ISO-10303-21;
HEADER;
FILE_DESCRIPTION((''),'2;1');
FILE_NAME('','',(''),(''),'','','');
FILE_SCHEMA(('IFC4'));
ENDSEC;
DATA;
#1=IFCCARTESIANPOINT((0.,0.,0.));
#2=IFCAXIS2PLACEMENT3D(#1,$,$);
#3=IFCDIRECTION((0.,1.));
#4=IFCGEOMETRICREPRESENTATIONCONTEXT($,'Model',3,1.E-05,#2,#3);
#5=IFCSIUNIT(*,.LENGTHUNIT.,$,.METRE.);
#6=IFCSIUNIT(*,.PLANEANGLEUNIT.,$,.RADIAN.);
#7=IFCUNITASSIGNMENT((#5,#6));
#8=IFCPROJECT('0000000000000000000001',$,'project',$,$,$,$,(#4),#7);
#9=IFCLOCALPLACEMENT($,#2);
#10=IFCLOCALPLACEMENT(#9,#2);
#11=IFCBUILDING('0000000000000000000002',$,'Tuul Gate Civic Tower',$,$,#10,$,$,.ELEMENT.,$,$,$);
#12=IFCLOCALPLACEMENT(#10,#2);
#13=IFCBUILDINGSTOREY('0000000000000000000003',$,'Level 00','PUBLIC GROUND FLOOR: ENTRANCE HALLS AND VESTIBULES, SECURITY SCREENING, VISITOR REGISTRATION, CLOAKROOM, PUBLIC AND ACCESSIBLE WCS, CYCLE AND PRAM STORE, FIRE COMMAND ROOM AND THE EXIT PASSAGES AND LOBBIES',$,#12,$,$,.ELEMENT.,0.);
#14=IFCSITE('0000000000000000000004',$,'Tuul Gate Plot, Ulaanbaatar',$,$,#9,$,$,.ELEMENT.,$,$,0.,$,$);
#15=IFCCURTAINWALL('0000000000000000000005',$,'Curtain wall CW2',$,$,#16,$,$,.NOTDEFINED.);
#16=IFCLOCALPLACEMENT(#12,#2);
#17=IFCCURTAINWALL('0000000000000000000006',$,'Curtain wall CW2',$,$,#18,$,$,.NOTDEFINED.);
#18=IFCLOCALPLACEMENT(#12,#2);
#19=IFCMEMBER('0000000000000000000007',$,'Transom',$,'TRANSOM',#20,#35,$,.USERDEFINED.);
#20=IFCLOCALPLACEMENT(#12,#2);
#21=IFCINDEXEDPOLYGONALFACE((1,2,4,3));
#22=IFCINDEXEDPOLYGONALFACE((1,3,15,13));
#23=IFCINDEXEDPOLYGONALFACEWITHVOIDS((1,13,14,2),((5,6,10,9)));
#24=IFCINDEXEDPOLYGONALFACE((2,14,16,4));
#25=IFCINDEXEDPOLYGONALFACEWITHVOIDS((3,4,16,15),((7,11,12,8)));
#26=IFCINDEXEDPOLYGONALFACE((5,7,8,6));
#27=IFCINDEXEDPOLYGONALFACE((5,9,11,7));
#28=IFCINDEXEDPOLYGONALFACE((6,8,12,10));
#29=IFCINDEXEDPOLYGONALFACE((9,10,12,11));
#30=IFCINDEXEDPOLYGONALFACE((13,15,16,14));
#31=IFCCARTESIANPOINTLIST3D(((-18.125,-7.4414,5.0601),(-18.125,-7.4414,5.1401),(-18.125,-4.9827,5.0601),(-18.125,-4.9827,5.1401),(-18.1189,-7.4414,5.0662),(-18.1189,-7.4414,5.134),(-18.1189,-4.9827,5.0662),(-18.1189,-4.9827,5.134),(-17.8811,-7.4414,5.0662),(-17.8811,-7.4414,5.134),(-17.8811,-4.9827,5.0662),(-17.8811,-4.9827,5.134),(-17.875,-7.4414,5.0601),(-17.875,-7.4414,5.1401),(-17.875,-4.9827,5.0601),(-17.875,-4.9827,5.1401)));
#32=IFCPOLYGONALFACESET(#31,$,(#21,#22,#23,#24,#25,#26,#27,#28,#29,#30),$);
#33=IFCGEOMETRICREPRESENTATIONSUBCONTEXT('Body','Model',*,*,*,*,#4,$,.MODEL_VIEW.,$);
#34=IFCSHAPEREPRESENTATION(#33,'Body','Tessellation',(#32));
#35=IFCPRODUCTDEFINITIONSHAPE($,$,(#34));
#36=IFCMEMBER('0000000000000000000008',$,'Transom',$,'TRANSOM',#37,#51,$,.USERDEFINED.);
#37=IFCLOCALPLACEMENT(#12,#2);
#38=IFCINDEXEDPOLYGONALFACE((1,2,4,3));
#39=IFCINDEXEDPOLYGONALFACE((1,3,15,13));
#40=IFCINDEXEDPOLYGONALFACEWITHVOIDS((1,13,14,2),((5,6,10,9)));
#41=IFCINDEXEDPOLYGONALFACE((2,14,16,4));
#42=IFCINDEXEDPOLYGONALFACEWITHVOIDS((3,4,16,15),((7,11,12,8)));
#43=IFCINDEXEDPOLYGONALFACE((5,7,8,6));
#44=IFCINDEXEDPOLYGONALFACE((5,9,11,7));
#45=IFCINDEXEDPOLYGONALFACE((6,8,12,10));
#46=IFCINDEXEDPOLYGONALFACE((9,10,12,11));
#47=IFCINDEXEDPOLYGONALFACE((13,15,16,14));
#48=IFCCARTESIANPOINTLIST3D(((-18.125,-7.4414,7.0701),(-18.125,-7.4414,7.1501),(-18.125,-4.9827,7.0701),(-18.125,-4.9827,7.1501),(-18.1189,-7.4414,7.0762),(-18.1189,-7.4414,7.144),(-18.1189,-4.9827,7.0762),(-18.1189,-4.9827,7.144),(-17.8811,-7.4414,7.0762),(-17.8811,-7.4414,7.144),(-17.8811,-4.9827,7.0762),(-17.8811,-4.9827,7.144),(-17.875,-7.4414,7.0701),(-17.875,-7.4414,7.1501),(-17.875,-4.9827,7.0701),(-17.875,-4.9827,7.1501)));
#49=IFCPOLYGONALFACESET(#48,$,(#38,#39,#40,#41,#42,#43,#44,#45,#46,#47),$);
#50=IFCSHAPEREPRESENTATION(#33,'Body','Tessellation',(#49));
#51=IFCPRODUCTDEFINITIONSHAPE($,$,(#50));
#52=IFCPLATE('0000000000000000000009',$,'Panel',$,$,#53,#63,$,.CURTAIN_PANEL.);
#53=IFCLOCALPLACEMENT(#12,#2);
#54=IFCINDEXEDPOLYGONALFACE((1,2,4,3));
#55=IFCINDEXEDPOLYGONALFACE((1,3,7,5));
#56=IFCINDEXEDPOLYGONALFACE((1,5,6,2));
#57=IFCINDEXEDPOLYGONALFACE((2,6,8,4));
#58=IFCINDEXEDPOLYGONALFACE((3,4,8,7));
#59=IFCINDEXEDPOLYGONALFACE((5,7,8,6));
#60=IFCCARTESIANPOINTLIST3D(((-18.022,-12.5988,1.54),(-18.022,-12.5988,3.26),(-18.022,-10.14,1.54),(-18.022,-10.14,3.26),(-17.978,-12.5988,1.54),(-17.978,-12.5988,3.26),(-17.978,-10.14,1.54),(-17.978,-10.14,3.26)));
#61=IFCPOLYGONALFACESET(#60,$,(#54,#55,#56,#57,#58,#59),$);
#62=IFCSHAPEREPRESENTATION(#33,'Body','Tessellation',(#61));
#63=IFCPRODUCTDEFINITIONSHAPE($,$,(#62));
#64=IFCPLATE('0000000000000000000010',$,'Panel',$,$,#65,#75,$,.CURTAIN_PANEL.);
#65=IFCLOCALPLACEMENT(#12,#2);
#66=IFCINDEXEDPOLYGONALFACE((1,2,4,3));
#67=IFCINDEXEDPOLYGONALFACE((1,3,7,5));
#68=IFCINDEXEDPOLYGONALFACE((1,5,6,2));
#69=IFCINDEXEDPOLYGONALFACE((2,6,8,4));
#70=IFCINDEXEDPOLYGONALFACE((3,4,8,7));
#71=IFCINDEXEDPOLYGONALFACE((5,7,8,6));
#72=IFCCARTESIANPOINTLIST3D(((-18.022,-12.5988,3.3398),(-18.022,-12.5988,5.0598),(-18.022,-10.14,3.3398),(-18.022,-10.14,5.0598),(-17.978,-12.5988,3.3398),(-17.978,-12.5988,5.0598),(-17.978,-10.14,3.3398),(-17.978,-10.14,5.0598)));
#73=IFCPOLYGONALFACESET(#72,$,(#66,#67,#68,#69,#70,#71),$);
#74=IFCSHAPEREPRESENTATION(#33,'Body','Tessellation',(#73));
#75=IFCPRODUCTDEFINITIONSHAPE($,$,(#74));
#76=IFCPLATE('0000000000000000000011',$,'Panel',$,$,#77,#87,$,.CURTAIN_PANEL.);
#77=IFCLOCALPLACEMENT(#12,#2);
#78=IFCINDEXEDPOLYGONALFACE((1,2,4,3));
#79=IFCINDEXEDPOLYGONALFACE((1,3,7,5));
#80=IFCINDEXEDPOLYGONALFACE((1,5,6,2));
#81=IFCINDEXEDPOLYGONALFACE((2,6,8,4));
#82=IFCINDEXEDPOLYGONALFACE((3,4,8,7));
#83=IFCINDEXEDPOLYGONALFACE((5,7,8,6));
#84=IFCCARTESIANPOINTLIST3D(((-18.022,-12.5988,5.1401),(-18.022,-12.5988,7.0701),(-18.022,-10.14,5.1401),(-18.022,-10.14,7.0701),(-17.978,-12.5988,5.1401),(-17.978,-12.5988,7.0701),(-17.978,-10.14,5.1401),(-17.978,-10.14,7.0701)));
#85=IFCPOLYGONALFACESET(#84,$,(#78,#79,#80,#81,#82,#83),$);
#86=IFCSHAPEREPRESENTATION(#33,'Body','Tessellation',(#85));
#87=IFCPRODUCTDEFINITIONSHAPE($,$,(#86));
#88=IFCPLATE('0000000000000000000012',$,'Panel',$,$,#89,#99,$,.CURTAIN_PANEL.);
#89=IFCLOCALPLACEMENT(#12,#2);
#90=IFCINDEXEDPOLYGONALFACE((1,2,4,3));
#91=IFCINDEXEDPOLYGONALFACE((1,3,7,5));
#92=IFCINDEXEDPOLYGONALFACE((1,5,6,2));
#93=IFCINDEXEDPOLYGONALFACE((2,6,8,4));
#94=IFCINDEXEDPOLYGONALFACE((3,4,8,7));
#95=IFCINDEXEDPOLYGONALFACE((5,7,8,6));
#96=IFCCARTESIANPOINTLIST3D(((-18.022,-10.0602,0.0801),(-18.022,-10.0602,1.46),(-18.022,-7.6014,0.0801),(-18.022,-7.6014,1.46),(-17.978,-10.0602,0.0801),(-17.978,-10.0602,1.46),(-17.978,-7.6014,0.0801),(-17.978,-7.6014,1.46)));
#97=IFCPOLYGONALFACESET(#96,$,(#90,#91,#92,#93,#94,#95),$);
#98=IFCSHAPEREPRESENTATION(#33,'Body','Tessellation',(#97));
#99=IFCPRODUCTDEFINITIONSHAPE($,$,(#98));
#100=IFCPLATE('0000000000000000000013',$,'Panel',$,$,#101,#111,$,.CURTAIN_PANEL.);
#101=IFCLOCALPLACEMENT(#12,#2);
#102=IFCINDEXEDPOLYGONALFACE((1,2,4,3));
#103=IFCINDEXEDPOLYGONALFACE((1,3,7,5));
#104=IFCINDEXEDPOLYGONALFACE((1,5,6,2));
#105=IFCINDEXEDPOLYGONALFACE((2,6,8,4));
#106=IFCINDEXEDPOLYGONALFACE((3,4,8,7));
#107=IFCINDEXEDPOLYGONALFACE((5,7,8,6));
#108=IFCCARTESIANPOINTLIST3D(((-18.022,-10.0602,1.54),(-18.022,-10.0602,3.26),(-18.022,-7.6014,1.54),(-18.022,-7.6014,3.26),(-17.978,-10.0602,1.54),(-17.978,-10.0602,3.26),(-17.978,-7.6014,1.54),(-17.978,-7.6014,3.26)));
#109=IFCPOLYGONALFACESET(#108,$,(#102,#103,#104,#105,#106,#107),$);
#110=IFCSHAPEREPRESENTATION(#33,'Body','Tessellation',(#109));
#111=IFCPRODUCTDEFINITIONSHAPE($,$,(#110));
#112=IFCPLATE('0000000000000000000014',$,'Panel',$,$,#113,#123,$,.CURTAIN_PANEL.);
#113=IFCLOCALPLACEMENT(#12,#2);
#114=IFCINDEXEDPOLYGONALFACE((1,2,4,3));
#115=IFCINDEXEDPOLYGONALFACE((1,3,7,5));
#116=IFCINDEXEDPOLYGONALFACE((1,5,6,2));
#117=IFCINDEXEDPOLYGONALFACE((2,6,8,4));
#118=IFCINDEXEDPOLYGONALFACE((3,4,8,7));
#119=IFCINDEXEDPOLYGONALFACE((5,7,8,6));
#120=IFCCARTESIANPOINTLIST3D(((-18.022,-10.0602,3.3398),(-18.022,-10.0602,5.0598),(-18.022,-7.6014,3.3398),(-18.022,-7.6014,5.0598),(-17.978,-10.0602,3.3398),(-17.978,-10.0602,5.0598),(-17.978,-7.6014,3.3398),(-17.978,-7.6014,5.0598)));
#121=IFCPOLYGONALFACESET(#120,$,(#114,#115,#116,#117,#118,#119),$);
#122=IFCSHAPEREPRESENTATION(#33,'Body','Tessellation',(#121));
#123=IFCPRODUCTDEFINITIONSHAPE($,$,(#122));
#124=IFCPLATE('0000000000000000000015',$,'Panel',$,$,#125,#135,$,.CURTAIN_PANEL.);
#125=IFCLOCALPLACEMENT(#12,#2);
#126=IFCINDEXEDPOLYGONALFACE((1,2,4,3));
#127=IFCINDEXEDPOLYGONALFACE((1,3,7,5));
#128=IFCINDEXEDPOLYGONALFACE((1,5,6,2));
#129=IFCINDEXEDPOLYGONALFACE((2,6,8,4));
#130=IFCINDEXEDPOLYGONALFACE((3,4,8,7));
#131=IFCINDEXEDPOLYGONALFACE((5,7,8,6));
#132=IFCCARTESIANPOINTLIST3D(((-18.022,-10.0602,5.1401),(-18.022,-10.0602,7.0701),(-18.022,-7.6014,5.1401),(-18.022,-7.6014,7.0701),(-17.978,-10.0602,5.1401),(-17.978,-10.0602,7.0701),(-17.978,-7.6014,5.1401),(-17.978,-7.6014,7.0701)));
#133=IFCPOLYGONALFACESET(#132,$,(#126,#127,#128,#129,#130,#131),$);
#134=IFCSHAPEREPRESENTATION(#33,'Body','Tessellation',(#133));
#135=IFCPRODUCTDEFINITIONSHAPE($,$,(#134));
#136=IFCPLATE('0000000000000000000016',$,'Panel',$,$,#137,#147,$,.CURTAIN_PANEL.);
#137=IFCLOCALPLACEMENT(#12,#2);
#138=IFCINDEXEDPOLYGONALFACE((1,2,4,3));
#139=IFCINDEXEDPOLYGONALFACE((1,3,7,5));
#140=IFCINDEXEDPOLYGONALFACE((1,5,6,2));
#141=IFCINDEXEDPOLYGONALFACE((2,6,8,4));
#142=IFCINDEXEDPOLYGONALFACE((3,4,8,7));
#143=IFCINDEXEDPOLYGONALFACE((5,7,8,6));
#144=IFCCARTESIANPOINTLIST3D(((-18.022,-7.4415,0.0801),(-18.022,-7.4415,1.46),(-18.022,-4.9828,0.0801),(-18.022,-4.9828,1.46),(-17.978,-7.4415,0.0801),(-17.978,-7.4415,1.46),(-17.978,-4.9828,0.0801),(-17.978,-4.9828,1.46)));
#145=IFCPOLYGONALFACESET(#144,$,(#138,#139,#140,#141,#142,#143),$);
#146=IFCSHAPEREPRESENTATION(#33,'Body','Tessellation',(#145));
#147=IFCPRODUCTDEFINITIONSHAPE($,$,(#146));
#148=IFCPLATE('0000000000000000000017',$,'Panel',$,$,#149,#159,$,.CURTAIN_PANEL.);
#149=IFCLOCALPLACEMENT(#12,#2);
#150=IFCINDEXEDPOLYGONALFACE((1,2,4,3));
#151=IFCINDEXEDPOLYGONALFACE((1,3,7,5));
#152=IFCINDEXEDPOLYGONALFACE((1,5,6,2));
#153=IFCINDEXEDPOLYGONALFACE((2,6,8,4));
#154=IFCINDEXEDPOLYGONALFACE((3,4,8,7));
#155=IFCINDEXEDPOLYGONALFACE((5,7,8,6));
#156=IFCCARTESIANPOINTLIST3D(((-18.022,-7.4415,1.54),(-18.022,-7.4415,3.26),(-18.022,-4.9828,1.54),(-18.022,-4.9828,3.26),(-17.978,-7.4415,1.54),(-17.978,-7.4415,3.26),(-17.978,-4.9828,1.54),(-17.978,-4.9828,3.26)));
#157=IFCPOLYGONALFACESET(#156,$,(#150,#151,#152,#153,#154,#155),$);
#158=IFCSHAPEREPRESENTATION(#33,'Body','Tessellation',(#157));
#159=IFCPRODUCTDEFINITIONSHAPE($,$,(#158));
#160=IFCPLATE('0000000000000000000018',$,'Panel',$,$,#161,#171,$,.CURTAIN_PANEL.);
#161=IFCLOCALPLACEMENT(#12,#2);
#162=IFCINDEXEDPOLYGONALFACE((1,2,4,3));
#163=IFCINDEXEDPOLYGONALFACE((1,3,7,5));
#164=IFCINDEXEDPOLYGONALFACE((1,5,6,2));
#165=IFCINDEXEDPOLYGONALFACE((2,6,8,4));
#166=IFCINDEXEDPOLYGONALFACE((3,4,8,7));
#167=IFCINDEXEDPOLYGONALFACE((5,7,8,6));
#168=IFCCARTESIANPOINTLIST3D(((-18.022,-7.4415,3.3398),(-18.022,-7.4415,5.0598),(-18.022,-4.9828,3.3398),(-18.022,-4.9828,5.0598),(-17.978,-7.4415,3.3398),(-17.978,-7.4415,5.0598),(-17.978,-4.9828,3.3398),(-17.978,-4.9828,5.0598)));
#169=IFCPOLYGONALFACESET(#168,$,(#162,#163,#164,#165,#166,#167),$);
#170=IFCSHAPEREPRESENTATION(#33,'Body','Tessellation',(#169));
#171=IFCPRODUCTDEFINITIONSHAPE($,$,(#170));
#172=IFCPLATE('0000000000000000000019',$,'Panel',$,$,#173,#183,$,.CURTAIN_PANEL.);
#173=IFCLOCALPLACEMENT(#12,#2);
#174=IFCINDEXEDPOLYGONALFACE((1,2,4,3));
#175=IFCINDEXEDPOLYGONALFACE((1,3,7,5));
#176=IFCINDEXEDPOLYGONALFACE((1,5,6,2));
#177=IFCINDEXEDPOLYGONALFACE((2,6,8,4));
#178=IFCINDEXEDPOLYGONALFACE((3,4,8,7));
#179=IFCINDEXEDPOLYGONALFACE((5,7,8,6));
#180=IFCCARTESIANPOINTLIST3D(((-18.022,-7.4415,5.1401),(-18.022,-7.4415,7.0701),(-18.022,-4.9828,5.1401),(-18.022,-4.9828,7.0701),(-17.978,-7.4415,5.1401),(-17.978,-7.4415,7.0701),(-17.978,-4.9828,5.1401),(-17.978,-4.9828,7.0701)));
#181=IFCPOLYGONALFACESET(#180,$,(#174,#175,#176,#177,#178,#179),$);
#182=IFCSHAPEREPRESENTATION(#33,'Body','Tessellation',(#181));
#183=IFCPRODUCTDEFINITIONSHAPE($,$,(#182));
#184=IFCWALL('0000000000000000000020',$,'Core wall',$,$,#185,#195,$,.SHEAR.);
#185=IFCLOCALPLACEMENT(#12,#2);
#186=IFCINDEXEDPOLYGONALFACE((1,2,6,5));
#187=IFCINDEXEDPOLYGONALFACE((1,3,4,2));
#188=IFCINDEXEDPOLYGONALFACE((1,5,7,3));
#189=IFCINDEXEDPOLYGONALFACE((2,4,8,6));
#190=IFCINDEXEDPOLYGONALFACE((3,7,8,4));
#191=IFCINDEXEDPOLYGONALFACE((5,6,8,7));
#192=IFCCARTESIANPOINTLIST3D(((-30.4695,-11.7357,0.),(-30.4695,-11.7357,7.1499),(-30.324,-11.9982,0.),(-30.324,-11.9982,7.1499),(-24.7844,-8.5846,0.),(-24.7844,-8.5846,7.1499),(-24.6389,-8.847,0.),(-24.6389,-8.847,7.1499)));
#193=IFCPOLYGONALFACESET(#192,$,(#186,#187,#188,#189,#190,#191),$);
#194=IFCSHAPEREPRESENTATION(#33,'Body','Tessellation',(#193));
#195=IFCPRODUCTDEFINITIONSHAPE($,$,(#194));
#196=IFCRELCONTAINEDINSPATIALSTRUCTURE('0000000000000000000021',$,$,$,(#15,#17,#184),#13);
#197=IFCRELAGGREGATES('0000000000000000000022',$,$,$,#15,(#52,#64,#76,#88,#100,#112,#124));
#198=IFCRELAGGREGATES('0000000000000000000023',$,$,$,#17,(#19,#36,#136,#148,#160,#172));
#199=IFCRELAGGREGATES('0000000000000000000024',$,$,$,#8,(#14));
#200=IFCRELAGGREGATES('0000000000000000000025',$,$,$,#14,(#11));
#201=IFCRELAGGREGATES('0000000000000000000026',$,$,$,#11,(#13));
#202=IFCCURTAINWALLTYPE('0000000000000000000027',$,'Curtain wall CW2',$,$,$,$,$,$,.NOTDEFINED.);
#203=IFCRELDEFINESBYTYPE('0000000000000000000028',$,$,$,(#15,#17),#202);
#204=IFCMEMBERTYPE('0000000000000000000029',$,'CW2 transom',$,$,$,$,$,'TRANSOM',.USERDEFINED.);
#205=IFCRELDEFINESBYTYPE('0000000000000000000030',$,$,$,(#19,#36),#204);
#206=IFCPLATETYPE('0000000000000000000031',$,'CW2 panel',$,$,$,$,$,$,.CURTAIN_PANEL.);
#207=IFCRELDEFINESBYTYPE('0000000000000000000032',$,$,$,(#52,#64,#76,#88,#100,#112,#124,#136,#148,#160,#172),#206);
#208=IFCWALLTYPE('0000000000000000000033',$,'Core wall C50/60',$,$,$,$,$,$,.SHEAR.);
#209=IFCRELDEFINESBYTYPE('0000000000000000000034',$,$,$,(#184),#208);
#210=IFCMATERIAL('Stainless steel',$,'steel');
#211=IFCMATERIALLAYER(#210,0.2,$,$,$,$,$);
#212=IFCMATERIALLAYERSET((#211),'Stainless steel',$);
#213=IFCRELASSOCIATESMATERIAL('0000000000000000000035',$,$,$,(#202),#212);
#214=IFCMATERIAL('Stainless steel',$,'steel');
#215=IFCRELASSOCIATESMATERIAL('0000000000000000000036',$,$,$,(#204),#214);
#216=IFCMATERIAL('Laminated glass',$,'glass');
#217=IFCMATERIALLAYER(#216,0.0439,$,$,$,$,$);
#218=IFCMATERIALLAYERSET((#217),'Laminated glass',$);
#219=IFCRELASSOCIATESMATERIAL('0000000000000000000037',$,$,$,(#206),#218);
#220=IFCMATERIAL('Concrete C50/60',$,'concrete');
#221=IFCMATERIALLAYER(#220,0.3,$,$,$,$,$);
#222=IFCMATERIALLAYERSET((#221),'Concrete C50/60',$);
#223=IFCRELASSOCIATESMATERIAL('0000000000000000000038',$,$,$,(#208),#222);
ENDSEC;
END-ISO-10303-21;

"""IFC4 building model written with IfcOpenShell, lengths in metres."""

from ifc_helpers import new_model, si_unit, direction, frame, frame_2d, origin, origin_2d, place, context, subcontext, project, spatial, rectangle, hollow_rectangle, extrude, material, layer, layer_set, material_profile, profile_set, type_object, element, aggregate, save


model = new_model("IFC4")

# Units and contexts
model_context = context("Model", 3, precision=1e-05, world=origin(), true_north=direction((0.0, 1.0)))
body_context = subcontext(model_context, "Body", "Model", "MODEL_VIEW")
ifc_project = project(units=[si_unit("LENGTHUNIT", "METRE"), si_unit("PLANEANGLEUNIT", "RADIAN")], contexts=[model_context])

# Site, building, storey
site_placement = place(None, origin())
site = spatial("IfcSite", under=ifc_project, at=site_placement, Name="Tuul Gate Plot, Ulaanbaatar", CompositionType="ELEMENT", RefElevation=0.0)
building_placement = place(site_placement, origin())
building = spatial("IfcBuilding", under=site, at=building_placement, Name="Tuul Gate Civic Tower", CompositionType="ELEMENT")
storey_placement = place(building_placement, origin())
storey = spatial("IfcBuildingStorey", under=building, at=storey_placement, Name="Level 00", Description="PUBLIC GROUND FLOOR: ENTRANCE HALLS AND VESTIBULES, SECURITY SCREENING, VISITOR REGISTRATION, CLOAKROOM, PUBLIC AND ACCESSIBLE WCS, CYCLE AND PRAM STORE, FIRE COMMAND ROOM AND THE EXIT PASSAGES AND LOBBIES", CompositionType="ELEMENT", Elevation=0.0)

# Curtain wall
ifc_material_1 = material(Name="Stainless steel", Category="steel")
ifc_layer_1 = layer(ifc_material_1, 0.2)
ifc_layer_set_1 = layer_set([ifc_layer_1], Name="Stainless steel")
curtain_wall_type = type_object("IfcCurtainWallType", Name="Curtain wall CW2", PredefinedType="NOTDEFINED", material=ifc_layer_set_1)
curtain_wall_1_placement = place(storey_placement, origin())
curtain_wall_1 = element("IfcCurtainWall", 1, at=curtain_wall_1_placement, inside=storey, type_object=curtain_wall_type, Name="Curtain wall CW2", PredefinedType="NOTDEFINED")

# Curtain wall
curtain_wall_2_placement = place(storey_placement, origin())
curtain_wall_2 = element("IfcCurtainWall", 2, at=curtain_wall_2_placement, inside=storey, type_object=curtain_wall_type, Name="Curtain wall CW2", PredefinedType="NOTDEFINED")

# Members
ifc_material_2 = material(Name="Stainless steel", Category="steel")
ifc_material_profile_1 = material_profile(ifc_material_2, hollow_rectangle(XDim=0.25, YDim=0.0801, WallThickness=0.0061, at=origin_2d()), Name="CW2 transom")
ifc_profile_set_1 = profile_set([ifc_material_profile_1], Name="Stainless steel")
member_type_1 = type_object("IfcMemberType", Name="CW2 transom", ElementType="TRANSOM", PredefinedType="USERDEFINED", material=ifc_profile_set_1)
member_1_placement = place(storey_placement, frame((-18.0, -7.4414, 5.1001), z_axis=(0.0, 1.0, 0.0), x_axis=(-1.0, 0.0, 0.0)))
member_1 = element("IfcMember", 3, at=member_1_placement, type_object=member_type_1, Name="Transom", ObjectType="TRANSOM", PredefinedType="USERDEFINED", context=body_context, shape_type="SweptSolid", body=[
    extrude(hollow_rectangle(XDim=0.25, YDim=0.0801, WallThickness=0.0061, at=origin_2d()), origin(), (0.0, 0.0, 1.0), 2.4587),
])
member_2_placement = place(storey_placement, frame((-18.0, -7.4414, 7.1101), z_axis=(0.0, 1.0, 0.0), x_axis=(-1.0, 0.0, 0.0)))
member_2 = element("IfcMember", 4, at=member_2_placement, type_object=member_type_1, Name="Transom", ObjectType="TRANSOM", PredefinedType="USERDEFINED", context=body_context, shape_type="SweptSolid", body=[
    extrude(hollow_rectangle(XDim=0.25, YDim=0.0801, WallThickness=0.0061, at=origin_2d()), origin(), (0.0, 0.0, 1.0), 2.4587),
])

# Plates
ifc_material_3 = material(Name="Laminated glass", Category="glass")
ifc_layer_2 = layer(ifc_material_3, 0.0439)
ifc_layer_set_2 = layer_set([ifc_layer_2], Name="Laminated glass")
plate_type = type_object("IfcPlateType", Name="CW2 panel", PredefinedType="CURTAIN_PANEL", material=ifc_layer_set_2)
plate_1_placement = place(storey_placement, frame((-18.0, -11.3694, 1.54), z_axis=(0.0, 0.0, 1.0), x_axis=(0.0, 1.0, 0.0)))
plate_1 = element("IfcPlate", 5, at=plate_1_placement, type_object=plate_type, Name="Panel", PredefinedType="CURTAIN_PANEL", context=body_context, shape_type="SweptSolid", body=[
    extrude(rectangle(XDim=2.4587, YDim=0.0439, at=origin_2d()), origin(), (0.0, 0.0, 1.0), 1.72),
])
plate_2_placement = place(storey_placement, frame((-18.0, -11.3694, 3.3398), z_axis=(0.0, 0.0, 1.0), x_axis=(0.0, 1.0, 0.0)))
plate_2 = element("IfcPlate", 6, at=plate_2_placement, type_object=plate_type, Name="Panel", PredefinedType="CURTAIN_PANEL", context=body_context, shape_type="SweptSolid", body=[
    extrude(rectangle(XDim=2.4587, YDim=0.0439, at=origin_2d()), origin(), (0.0, 0.0, 1.0), 1.72),
])
plate_3_placement = place(storey_placement, frame((-18.0, -11.3694, 5.1401), z_axis=(0.0, 0.0, 1.0), x_axis=(0.0, 1.0, 0.0)))
plate_3 = element("IfcPlate", 7, at=plate_3_placement, type_object=plate_type, Name="Panel", PredefinedType="CURTAIN_PANEL", context=body_context, shape_type="SweptSolid", body=[
    extrude(rectangle(XDim=2.4587, YDim=0.0439, at=origin_2d()), origin(), (0.0, 0.0, 1.0), 1.9299),
])
plate_4_placement = place(storey_placement, frame((-18.0, -8.8308, 0.0801), z_axis=(0.0, 0.0, 1.0), x_axis=(0.0, 1.0, 0.0)))
plate_4 = element("IfcPlate", 8, at=plate_4_placement, type_object=plate_type, Name="Panel", PredefinedType="CURTAIN_PANEL", context=body_context, shape_type="SweptSolid", body=[
    extrude(rectangle(XDim=2.4587, YDim=0.0439, at=origin_2d()), origin(), (0.0, 0.0, 1.0), 1.3799),
])
plate_5_placement = place(storey_placement, frame((-18.0, -8.8308, 1.54), z_axis=(0.0, 0.0, 1.0), x_axis=(0.0, 1.0, 0.0)))
plate_5 = element("IfcPlate", 9, at=plate_5_placement, type_object=plate_type, Name="Panel", PredefinedType="CURTAIN_PANEL", context=body_context, shape_type="SweptSolid", body=[
    extrude(rectangle(XDim=2.4587, YDim=0.0439, at=origin_2d()), origin(), (0.0, 0.0, 1.0), 1.72),
])
plate_6_placement = place(storey_placement, frame((-18.0, -8.8308, 3.3398), z_axis=(0.0, 0.0, 1.0), x_axis=(0.0, 1.0, 0.0)))
plate_6 = element("IfcPlate", 10, at=plate_6_placement, type_object=plate_type, Name="Panel", PredefinedType="CURTAIN_PANEL", context=body_context, shape_type="SweptSolid", body=[
    extrude(rectangle(XDim=2.4587, YDim=0.0439, at=origin_2d()), origin(), (0.0, 0.0, 1.0), 1.72),
])
plate_7_placement = place(storey_placement, frame((-18.0, -8.8308, 5.1401), z_axis=(0.0, 0.0, 1.0), x_axis=(0.0, 1.0, 0.0)))
plate_7 = element("IfcPlate", 11, at=plate_7_placement, type_object=plate_type, Name="Panel", PredefinedType="CURTAIN_PANEL", context=body_context, shape_type="SweptSolid", body=[
    extrude(rectangle(XDim=2.4587, YDim=0.0439, at=origin_2d()), origin(), (0.0, 0.0, 1.0), 1.9299),
])
aggregate(curtain_wall_1, [plate_1, plate_2, plate_3, plate_4, plate_5, plate_6, plate_7])
plate_8_placement = place(storey_placement, frame((-18.0, -6.2122, 0.0801), z_axis=(0.0, 0.0, 1.0), x_axis=(0.0, 1.0, 0.0)))
plate_8 = element("IfcPlate", 12, at=plate_8_placement, type_object=plate_type, Name="Panel", PredefinedType="CURTAIN_PANEL", context=body_context, shape_type="SweptSolid", body=[
    extrude(rectangle(XDim=2.4587, YDim=0.0439, at=origin_2d()), origin(), (0.0, 0.0, 1.0), 1.3799),
])
plate_9_placement = place(storey_placement, frame((-18.0, -6.2122, 1.54), z_axis=(0.0, 0.0, 1.0), x_axis=(0.0, 1.0, 0.0)))
plate_9 = element("IfcPlate", 13, at=plate_9_placement, type_object=plate_type, Name="Panel", PredefinedType="CURTAIN_PANEL", context=body_context, shape_type="SweptSolid", body=[
    extrude(rectangle(XDim=2.4587, YDim=0.0439, at=origin_2d()), origin(), (0.0, 0.0, 1.0), 1.72),
])
plate_10_placement = place(storey_placement, frame((-18.0, -6.2122, 3.3398), z_axis=(0.0, 0.0, 1.0), x_axis=(0.0, 1.0, 0.0)))
plate_10 = element("IfcPlate", 14, at=plate_10_placement, type_object=plate_type, Name="Panel", PredefinedType="CURTAIN_PANEL", context=body_context, shape_type="SweptSolid", body=[
    extrude(rectangle(XDim=2.4587, YDim=0.0439, at=origin_2d()), origin(), (0.0, 0.0, 1.0), 1.72),
])
plate_11_placement = place(storey_placement, frame((-18.0, -6.2122, 5.1401), z_axis=(0.0, 0.0, 1.0), x_axis=(0.0, 1.0, 0.0)))
plate_11 = element("IfcPlate", 15, at=plate_11_placement, type_object=plate_type, Name="Panel", PredefinedType="CURTAIN_PANEL", context=body_context, shape_type="SweptSolid", body=[
    extrude(rectangle(XDim=2.4587, YDim=0.0439, at=origin_2d()), origin(), (0.0, 0.0, 1.0), 1.9299),
])
aggregate(curtain_wall_2, [member_1, member_2, plate_8, plate_9, plate_10, plate_11])

# Wall
ifc_material_4 = material(Name="Concrete C50/60", Category="concrete")
ifc_layer_3 = layer(ifc_material_4, 0.3)
ifc_layer_set_3 = layer_set([ifc_layer_3], Name="Concrete C50/60")
wall_type = type_object("IfcWallType", Name="Core wall C50/60", PredefinedType="SHEAR", material=ifc_layer_set_3)
wall_1_placement = place(storey_placement, frame((-24.7117, -8.7158, 0.0), z_axis=(0.0, 0.0, 1.0), x_axis=(-0.87463, -0.484791, 0.0)))
element("IfcWall", 16, at=wall_1_placement, inside=storey, type_object=wall_type, Name="Core wall", PredefinedType="SHEAR", context=body_context, shape_type="SweptSolid", body=[
    extrude(rectangle(XDim=6.5, YDim=0.3, at=frame_2d((3.25, 0.0))), origin(), (0.0, 0.0, 1.0), 7.1499),
])

save(model, "model.ifc")
